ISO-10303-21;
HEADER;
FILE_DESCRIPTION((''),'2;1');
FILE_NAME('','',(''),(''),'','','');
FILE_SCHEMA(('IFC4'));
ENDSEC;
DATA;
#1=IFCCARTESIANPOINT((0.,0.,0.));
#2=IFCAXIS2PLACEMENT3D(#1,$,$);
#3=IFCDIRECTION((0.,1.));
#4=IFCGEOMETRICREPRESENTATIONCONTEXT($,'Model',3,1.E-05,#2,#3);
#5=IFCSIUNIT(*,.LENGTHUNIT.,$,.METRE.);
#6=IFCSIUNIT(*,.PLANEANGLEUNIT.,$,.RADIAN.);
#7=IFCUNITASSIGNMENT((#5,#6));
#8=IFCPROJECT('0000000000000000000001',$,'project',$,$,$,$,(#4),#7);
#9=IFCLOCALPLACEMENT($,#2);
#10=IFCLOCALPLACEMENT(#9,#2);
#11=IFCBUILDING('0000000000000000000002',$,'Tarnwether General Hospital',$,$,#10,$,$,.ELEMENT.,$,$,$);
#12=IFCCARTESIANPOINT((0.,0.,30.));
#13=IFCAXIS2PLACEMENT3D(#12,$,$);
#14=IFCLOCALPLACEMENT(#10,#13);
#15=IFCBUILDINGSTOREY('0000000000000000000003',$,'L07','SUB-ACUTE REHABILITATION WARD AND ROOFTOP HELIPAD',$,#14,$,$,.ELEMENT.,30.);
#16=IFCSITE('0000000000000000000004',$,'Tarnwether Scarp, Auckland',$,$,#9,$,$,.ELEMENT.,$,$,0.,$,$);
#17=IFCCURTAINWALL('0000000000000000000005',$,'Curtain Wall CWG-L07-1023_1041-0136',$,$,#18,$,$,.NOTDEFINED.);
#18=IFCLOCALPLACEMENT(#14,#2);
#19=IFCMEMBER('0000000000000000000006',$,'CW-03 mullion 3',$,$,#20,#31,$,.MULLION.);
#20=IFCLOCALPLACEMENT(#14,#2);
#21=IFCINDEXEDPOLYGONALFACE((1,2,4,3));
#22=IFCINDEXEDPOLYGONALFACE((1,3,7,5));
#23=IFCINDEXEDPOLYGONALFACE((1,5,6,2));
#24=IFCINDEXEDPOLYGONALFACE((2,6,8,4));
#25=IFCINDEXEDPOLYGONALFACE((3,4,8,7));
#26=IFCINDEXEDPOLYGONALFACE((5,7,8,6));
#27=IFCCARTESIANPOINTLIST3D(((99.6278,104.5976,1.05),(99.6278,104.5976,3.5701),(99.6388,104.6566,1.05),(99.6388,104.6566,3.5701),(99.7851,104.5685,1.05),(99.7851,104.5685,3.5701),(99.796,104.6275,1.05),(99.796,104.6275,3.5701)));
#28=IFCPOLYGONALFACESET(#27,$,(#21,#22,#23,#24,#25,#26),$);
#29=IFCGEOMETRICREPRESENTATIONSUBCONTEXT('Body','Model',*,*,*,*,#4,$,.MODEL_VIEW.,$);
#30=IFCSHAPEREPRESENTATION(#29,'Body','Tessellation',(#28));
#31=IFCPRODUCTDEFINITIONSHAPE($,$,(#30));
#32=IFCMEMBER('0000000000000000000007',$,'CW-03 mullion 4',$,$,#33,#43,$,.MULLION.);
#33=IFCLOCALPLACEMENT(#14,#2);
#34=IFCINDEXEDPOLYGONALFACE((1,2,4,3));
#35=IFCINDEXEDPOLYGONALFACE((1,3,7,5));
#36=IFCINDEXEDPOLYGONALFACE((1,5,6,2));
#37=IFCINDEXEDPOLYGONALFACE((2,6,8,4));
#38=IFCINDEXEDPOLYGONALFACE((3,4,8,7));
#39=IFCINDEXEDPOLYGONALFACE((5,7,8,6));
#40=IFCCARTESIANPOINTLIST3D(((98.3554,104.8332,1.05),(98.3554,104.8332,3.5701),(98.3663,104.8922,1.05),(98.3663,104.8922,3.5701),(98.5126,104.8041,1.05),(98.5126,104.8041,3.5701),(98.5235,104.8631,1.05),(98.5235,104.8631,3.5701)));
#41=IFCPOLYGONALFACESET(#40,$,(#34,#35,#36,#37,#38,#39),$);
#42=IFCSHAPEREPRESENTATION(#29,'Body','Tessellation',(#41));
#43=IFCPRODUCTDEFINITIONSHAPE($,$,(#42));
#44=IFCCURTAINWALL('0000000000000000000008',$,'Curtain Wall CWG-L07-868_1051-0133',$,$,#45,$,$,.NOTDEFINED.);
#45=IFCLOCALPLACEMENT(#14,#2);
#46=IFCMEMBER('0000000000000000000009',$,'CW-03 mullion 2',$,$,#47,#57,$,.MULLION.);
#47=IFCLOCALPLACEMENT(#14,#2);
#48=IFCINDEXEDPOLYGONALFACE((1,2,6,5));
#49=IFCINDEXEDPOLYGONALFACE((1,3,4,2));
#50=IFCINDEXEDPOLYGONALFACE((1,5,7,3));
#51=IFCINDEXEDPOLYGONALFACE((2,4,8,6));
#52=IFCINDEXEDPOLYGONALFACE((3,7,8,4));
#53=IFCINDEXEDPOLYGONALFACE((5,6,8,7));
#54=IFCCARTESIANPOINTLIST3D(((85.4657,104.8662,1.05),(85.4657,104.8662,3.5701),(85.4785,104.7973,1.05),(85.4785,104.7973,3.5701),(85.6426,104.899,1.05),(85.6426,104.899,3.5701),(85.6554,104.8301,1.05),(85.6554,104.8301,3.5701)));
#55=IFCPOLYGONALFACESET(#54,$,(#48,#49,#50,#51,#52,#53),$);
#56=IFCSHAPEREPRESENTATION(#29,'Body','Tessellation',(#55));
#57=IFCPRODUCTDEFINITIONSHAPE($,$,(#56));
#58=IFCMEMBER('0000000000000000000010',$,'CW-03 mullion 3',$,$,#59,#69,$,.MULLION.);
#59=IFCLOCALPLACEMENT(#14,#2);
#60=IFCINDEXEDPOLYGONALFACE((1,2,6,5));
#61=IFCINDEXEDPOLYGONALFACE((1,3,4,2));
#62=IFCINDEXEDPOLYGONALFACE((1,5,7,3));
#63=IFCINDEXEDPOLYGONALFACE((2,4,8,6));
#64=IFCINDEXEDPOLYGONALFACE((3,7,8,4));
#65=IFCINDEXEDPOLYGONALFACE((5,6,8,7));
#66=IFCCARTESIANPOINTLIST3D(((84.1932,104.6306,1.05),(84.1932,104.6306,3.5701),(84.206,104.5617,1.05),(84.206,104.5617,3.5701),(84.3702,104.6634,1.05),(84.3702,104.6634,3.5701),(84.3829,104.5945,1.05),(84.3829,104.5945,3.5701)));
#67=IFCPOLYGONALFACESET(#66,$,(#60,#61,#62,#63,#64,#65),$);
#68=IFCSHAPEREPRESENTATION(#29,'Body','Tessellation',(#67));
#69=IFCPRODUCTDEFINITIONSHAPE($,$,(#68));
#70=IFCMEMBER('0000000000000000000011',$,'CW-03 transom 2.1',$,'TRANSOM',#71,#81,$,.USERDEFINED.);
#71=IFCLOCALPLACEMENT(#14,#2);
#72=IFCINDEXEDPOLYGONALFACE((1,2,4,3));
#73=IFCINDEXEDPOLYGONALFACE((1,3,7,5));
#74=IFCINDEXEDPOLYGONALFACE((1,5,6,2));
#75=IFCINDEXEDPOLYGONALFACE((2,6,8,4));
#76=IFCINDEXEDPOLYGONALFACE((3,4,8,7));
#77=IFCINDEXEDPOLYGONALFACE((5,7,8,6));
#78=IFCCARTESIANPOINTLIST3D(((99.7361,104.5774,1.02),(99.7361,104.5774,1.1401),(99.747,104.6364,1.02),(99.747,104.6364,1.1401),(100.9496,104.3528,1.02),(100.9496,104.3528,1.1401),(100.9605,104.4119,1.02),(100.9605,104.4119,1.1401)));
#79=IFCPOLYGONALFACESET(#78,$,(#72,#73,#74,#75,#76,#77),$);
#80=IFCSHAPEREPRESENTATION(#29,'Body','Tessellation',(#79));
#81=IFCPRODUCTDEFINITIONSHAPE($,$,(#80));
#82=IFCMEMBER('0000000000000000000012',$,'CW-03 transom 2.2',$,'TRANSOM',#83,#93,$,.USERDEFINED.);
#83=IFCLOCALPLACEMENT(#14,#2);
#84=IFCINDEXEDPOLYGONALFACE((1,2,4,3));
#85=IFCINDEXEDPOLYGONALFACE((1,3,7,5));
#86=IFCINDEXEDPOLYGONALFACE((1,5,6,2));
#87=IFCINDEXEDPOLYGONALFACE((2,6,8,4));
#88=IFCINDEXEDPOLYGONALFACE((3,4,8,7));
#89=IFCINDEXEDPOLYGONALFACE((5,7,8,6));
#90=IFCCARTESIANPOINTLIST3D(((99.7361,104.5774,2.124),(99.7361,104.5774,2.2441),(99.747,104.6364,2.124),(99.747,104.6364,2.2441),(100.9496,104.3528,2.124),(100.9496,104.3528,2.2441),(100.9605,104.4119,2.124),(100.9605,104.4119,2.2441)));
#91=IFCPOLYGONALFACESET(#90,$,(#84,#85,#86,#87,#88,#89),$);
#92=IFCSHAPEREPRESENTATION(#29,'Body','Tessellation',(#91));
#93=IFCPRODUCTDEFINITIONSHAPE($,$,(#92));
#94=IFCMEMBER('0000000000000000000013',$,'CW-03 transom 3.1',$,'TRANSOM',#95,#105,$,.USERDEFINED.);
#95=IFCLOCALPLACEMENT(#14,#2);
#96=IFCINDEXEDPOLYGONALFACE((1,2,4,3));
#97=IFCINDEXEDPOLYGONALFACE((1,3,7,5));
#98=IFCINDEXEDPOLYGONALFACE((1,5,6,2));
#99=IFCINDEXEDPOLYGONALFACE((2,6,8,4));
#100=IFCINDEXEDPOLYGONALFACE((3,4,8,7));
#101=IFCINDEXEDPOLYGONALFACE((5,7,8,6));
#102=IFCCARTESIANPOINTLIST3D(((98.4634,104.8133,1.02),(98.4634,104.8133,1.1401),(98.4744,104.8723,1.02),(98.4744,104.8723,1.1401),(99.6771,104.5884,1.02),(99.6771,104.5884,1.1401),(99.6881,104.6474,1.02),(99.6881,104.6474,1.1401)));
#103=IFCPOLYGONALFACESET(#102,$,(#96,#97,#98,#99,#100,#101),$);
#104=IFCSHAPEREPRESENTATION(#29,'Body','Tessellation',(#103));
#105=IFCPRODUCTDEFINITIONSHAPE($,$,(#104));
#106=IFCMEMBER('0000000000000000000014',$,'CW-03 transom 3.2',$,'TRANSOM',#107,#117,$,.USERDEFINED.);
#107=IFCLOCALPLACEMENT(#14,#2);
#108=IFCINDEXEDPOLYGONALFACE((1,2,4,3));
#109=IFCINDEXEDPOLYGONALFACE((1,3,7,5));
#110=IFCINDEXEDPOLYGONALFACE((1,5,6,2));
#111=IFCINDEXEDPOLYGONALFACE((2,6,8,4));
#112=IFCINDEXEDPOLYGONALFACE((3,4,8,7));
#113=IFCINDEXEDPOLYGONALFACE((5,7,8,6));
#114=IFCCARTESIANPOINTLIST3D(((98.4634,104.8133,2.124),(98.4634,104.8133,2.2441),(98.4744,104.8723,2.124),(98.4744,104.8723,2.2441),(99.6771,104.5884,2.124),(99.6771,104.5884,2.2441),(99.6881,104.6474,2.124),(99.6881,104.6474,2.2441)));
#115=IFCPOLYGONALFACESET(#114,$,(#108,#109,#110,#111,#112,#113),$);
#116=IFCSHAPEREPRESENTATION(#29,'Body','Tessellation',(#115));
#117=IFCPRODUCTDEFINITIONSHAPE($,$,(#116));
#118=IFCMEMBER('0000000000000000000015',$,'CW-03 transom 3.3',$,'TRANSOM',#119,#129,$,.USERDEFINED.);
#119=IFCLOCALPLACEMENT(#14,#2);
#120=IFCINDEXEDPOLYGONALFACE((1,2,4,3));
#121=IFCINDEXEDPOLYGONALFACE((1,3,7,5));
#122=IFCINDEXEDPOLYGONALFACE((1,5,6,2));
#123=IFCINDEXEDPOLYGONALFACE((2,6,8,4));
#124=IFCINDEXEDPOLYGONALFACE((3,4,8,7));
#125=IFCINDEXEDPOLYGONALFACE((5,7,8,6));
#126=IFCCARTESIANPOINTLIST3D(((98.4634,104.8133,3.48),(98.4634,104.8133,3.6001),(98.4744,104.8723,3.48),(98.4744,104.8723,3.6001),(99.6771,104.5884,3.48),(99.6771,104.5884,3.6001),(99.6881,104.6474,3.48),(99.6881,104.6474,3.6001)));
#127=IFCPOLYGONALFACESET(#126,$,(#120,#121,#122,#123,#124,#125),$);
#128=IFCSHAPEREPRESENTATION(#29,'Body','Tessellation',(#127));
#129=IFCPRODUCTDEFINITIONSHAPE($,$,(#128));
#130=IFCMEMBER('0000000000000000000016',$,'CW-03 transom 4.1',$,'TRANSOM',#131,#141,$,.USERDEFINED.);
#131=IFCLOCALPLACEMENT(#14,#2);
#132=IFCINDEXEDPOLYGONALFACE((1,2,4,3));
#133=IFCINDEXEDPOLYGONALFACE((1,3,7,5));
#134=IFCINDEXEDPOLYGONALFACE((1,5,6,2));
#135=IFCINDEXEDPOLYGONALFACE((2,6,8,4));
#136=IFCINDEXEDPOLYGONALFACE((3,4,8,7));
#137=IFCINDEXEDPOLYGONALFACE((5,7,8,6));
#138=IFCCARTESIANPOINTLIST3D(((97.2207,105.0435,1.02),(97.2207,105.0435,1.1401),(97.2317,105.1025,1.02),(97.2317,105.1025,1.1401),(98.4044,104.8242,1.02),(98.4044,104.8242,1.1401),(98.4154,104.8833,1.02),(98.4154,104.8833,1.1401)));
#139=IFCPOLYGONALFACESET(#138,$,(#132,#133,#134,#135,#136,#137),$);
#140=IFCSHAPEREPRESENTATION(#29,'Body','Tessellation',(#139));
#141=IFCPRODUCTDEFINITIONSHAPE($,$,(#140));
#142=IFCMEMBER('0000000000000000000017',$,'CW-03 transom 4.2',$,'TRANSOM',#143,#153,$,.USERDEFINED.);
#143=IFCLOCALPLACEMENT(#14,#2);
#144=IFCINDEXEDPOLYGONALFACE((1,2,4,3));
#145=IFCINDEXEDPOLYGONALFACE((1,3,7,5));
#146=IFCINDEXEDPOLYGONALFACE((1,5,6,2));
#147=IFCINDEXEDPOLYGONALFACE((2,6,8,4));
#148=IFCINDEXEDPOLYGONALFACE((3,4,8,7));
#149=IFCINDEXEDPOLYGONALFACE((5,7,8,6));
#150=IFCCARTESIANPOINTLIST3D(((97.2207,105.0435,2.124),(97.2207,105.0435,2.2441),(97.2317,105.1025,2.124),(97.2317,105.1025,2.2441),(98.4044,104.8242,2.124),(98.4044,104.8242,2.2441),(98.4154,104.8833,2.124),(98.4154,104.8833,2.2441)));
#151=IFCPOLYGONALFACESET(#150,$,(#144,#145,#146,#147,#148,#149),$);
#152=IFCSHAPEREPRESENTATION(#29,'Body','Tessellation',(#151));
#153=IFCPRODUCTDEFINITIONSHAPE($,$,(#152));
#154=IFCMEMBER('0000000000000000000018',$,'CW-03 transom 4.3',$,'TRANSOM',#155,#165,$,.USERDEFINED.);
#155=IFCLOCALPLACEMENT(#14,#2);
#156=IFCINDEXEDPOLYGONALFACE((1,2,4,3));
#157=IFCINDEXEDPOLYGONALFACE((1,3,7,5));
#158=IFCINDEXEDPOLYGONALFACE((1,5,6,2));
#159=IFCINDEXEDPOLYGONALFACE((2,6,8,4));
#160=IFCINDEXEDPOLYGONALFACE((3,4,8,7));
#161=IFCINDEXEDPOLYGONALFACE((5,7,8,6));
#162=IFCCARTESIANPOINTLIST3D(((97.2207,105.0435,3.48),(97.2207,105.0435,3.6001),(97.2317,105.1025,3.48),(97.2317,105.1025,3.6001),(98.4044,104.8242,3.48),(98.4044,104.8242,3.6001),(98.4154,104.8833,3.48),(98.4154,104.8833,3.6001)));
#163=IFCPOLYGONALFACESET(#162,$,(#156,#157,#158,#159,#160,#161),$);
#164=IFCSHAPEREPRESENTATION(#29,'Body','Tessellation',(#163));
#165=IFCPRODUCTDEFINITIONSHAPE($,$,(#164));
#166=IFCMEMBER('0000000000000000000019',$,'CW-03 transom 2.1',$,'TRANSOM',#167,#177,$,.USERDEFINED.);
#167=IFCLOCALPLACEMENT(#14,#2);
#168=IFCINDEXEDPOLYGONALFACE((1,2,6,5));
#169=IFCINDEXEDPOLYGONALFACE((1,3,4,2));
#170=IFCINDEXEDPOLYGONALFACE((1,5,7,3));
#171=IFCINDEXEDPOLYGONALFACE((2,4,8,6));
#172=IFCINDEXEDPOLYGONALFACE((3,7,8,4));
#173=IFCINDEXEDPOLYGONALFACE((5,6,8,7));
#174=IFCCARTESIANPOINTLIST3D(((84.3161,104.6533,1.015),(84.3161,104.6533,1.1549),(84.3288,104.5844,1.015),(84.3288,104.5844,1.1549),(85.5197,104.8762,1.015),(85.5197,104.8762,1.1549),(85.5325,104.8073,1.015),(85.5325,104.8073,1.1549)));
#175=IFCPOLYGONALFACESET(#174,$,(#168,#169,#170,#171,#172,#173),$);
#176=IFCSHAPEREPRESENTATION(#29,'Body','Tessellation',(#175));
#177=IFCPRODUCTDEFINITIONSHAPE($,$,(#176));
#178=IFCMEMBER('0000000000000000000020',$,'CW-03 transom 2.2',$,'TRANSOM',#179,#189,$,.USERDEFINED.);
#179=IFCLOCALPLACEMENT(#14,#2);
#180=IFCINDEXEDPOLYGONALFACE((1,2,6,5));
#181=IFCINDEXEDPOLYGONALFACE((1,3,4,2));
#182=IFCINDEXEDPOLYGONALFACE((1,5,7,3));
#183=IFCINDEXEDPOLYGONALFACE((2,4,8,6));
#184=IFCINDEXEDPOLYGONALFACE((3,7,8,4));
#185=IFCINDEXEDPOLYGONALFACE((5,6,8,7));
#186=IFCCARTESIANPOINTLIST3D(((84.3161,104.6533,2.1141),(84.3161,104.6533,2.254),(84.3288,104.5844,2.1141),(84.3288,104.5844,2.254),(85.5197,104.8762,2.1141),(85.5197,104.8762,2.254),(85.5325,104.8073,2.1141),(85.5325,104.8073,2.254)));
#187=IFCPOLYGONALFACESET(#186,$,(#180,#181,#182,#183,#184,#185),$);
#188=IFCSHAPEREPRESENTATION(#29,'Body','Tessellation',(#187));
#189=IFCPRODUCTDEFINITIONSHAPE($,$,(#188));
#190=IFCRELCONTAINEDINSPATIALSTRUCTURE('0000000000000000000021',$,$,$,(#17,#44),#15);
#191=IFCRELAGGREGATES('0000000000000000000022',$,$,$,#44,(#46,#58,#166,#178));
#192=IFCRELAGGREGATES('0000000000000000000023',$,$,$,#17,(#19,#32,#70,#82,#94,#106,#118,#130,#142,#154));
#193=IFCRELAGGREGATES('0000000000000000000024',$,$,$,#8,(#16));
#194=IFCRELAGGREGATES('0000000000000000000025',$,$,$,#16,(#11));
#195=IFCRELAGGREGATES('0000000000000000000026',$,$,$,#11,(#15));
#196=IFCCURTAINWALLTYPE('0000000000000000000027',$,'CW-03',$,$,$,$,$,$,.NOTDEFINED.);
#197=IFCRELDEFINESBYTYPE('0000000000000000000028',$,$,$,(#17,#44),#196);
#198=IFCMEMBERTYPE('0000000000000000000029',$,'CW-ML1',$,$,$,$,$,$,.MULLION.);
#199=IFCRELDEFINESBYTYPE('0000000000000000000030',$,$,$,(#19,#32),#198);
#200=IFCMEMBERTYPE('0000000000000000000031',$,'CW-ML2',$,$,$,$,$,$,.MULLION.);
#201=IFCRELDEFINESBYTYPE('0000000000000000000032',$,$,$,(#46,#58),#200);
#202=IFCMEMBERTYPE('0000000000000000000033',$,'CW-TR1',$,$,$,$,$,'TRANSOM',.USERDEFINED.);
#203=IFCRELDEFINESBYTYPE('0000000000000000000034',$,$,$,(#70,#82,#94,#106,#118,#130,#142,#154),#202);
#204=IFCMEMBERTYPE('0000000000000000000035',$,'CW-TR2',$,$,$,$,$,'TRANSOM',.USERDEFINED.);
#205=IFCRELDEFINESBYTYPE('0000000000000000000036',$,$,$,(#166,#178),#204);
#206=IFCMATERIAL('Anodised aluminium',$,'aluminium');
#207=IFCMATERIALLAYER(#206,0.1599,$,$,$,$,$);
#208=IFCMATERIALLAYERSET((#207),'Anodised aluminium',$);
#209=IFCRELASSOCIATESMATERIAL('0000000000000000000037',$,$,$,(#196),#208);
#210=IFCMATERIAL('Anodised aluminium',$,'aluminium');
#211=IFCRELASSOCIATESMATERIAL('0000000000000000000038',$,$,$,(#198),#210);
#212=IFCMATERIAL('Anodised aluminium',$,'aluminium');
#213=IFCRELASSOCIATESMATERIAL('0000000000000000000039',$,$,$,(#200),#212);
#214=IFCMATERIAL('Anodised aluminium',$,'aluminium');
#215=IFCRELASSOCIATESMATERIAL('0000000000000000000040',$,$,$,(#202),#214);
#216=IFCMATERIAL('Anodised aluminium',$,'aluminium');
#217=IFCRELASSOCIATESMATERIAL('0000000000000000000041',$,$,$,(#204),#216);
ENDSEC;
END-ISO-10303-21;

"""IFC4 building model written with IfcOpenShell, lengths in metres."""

from ifc_helpers import new_model, si_unit, direction, frame, origin, origin_2d, place, context, subcontext, project, spatial, rectangle, extrude, material, layer, layer_set, material_profile, profile_set, type_object, element, aggregate, save


model = new_model("IFC4")

# Units and contexts
model_context = context("Model", 3, precision=1e-05, world=origin(), true_north=direction((0.0, 1.0)))
body_context = subcontext(model_context, "Body", "Model", "MODEL_VIEW")
ifc_project = project(units=[si_unit("LENGTHUNIT", "METRE"), si_unit("PLANEANGLEUNIT", "RADIAN")], contexts=[model_context])

# Site, building, storey
site_placement = place(None, origin())
site = spatial("IfcSite", under=ifc_project, at=site_placement, Name="Tarnwether Scarp, Auckland", CompositionType="ELEMENT", RefElevation=0.0)
building_placement = place(site_placement, origin())
building = spatial("IfcBuilding", under=site, at=building_placement, Name="Tarnwether General Hospital", CompositionType="ELEMENT")
storey_placement = place(building_placement, frame((0.0, 0.0, 30.0)))
storey = spatial("IfcBuildingStorey", under=building, at=storey_placement, Name="L07", Description="SUB-ACUTE REHABILITATION WARD AND ROOFTOP HELIPAD", CompositionType="ELEMENT", Elevation=30.0)

# Curtain walls, members
ifc_material_1 = material(Name="Anodised aluminium", Category="aluminium")
ifc_layer_1 = layer(ifc_material_1, 0.1599)
ifc_layer_set_1 = layer_set([ifc_layer_1], Name="Anodised aluminium")
curtain_wall_type = type_object("IfcCurtainWallType", Name="CW-03", PredefinedType="NOTDEFINED", material=ifc_layer_set_1)
curtain_wall_1_placement = place(storey_placement, origin())
curtain_wall_1 = element("IfcCurtainWall", 1, at=curtain_wall_1_placement, inside=storey, type_object=curtain_wall_type, Name="Curtain Wall CWG-L07-1023_1041-0136", PredefinedType="NOTDEFINED")
ifc_material_2 = material(Name="Anodised aluminium", Category="aluminium")
ifc_material_profile_1 = material_profile(ifc_material_2, rectangle(XDim=0.0601, YDim=0.1599, at=origin_2d()), Name="ALU-MUL-60x160")
ifc_profile_set_1 = profile_set([ifc_material_profile_1], Name="Anodised aluminium")
member_type_1 = type_object("IfcMemberType", Name="CW-ML1", PredefinedType="MULLION", material=ifc_profile_set_1)
member_1_placement = place(storey_placement, frame((99.7119, 104.6125, 1.05), z_axis=(0.0, 0.0, 1.0), x_axis=(-0.182165, -0.983268, 0.0)))
member_1 = element("IfcMember", 2, at=member_1_placement, type_object=member_type_1, Name="CW-03 mullion 3", PredefinedType="MULLION", context=body_context, shape_type="SweptSolid", body=[
    extrude(rectangle(XDim=0.0601, YDim=0.1599, at=origin_2d()), origin(), (0.0, 0.0, 1.0), 2.52),
])
member_2_placement = place(storey_placement, frame((98.4395, 104.8481, 1.05), z_axis=(0.0, 0.0, 1.0), x_axis=(-0.182165, -0.983268, 0.0)))
member_2 = element("IfcMember", 3, at=member_2_placement, type_object=member_type_1, Name="CW-03 mullion 4", PredefinedType="MULLION", context=body_context, shape_type="SweptSolid", body=[
    extrude(rectangle(XDim=0.0601, YDim=0.1599, at=origin_2d()), origin(), (0.0, 0.0, 1.0), 2.52),
])
curtain_wall_2_placement = place(storey_placement, origin())
curtain_wall_2 = element("IfcCurtainWall", 4, at=curtain_wall_2_placement, inside=storey, type_object=curtain_wall_type, Name="Curtain Wall CWG-L07-868_1051-0133", PredefinedType="NOTDEFINED")
ifc_material_3 = material(Name="Anodised aluminium", Category="aluminium")
ifc_material_profile_2 = material_profile(ifc_material_3, rectangle(XDim=0.0701, YDim=0.1799, at=origin_2d()), Name="ALU-MUL-70x180")
ifc_profile_set_2 = profile_set([ifc_material_profile_2], Name="Anodised aluminium")
member_type_2 = type_object("IfcMemberType", Name="CW-ML2", PredefinedType="MULLION", material=ifc_profile_set_2)
member_3_placement = place(storey_placement, frame((85.5605, 104.8481, 1.05), z_axis=(0.0, 0.0, 1.0), x_axis=(0.182165, -0.983268, 0.0)))
member_3 = element("IfcMember", 5, at=member_3_placement, type_object=member_type_2, Name="CW-03 mullion 2", PredefinedType="MULLION", context=body_context, shape_type="SweptSolid", body=[
    extrude(rectangle(XDim=0.0701, YDim=0.1799, at=origin_2d()), origin(), (0.0, 0.0, 1.0), 2.52),
])
member_4_placement = place(storey_placement, frame((84.2881, 104.6125, 1.05), z_axis=(0.0, 0.0, 1.0), x_axis=(0.182165, -0.983268, 0.0)))
member_4 = element("IfcMember", 6, at=member_4_placement, type_object=member_type_2, Name="CW-03 mullion 3", PredefinedType="MULLION", context=body_context, shape_type="SweptSolid", body=[
    extrude(rectangle(XDim=0.0701, YDim=0.1799, at=origin_2d()), origin(), (0.0, 0.0, 1.0), 2.52),
])

# Members
ifc_material_4 = material(Name="Anodised aluminium", Category="aluminium")
ifc_material_profile_3 = material_profile(ifc_material_4, rectangle(XDim=0.0601, YDim=0.1201, at=origin_2d()), Name="ALU-TRN-60x120")
ifc_profile_set_3 = profile_set([ifc_material_profile_3], Name="Anodised aluminium")
member_type_3 = type_object("IfcMemberType", Name="CW-TR1", ElementType="TRANSOM", PredefinedType="USERDEFINED", material=ifc_profile_set_3)
member_5_placement = place(storey_placement, frame((100.9551, 104.3823, 1.0801), z_axis=(-0.983302, 0.181983, 0.0), x_axis=(-0.181983, -0.983302, 0.0)))
member_5 = element("IfcMember", 7, at=member_5_placement, type_object=member_type_3, Name="CW-03 transom 2.1", ObjectType="TRANSOM", PredefinedType="USERDEFINED", context=body_context, shape_type="SweptSolid", body=[
    extrude(rectangle(XDim=0.0601, YDim=0.1201, at=origin_2d()), origin(), (0.0, 0.0, 1.0), 1.2341),
])
member_6_placement = place(storey_placement, frame((100.9551, 104.3823, 2.1841), z_axis=(-0.983302, 0.181983, 0.0), x_axis=(-0.181983, -0.983302, 0.0)))
member_6 = element("IfcMember", 8, at=member_6_placement, type_object=member_type_3, Name="CW-03 transom 2.2", ObjectType="TRANSOM", PredefinedType="USERDEFINED", context=body_context, shape_type="SweptSolid", body=[
    extrude(rectangle(XDim=0.0601, YDim=0.1201, at=origin_2d()), origin(), (0.0, 0.0, 1.0), 1.2341),
])
member_7_placement = place(storey_placement, frame((99.6826, 104.6179, 1.0801), z_axis=(-0.983266, 0.182174, 0.0), x_axis=(-0.182174, -0.983266, 0.0)))
member_7 = element("IfcMember", 9, at=member_7_placement, type_object=member_type_3, Name="CW-03 transom 3.1", ObjectType="TRANSOM", PredefinedType="USERDEFINED", context=body_context, shape_type="SweptSolid", body=[
    extrude(rectangle(XDim=0.0601, YDim=0.1201, at=origin_2d()), origin(), (0.0, 0.0, 1.0), 1.2344),
])
member_8_placement = place(storey_placement, frame((99.6826, 104.6179, 2.1841), z_axis=(-0.983266, 0.182174, 0.0), x_axis=(-0.182174, -0.983266, 0.0)))
member_8 = element("IfcMember", 10, at=member_8_placement, type_object=member_type_3, Name="CW-03 transom 3.2", ObjectType="TRANSOM", PredefinedType="USERDEFINED", context=body_context, shape_type="SweptSolid", body=[
    extrude(rectangle(XDim=0.0601, YDim=0.1201, at=origin_2d()), origin(), (0.0, 0.0, 1.0), 1.2344),
])
member_9_placement = place(storey_placement, frame((99.6826, 104.6179, 3.54), z_axis=(-0.983266, 0.182174, 0.0), x_axis=(-0.182174, -0.983266, 0.0)))
member_9 = element("IfcMember", 11, at=member_9_placement, type_object=member_type_3, Name="CW-03 transom 3.3", ObjectType="TRANSOM", PredefinedType="USERDEFINED", context=body_context, shape_type="SweptSolid", body=[
    extrude(rectangle(XDim=0.0601, YDim=0.1201, at=origin_2d()), origin(), (0.0, 0.0, 1.0), 1.2344),
])
member_10_placement = place(storey_placement, frame((98.4099, 104.8538, 1.0801), z_axis=(-0.983281, 0.182097, 0.0), x_axis=(-0.182097, -0.983281, 0.0)))
member_10 = element("IfcMember", 12, at=member_10_placement, type_object=member_type_3, Name="CW-03 transom 4.1", ObjectType="TRANSOM", PredefinedType="USERDEFINED", context=body_context, shape_type="SweptSolid", body=[
    extrude(rectangle(XDim=0.0601, YDim=0.1201, at=origin_2d()), origin(), (0.0, 0.0, 1.0), 1.2039),
])
member_11_placement = place(storey_placement, frame((98.4099, 104.8538, 2.1841), z_axis=(-0.983281, 0.182097, 0.0), x_axis=(-0.182097, -0.983281, 0.0)))
member_11 = element("IfcMember", 13, at=member_11_placement, type_object=member_type_3, Name="CW-03 transom 4.2", ObjectType="TRANSOM", PredefinedType="USERDEFINED", context=body_context, shape_type="SweptSolid", body=[
    extrude(rectangle(XDim=0.0601, YDim=0.1201, at=origin_2d()), origin(), (0.0, 0.0, 1.0), 1.2039),
])
member_12_placement = place(storey_placement, frame((98.4099, 104.8538, 3.54), z_axis=(-0.983281, 0.182097, 0.0), x_axis=(-0.182097, -0.983281, 0.0)))
member_12 = element("IfcMember", 14, at=member_12_placement, type_object=member_type_3, Name="CW-03 transom 4.3", ObjectType="TRANSOM", PredefinedType="USERDEFINED", context=body_context, shape_type="SweptSolid", body=[
    extrude(rectangle(XDim=0.0601, YDim=0.1201, at=origin_2d()), origin(), (0.0, 0.0, 1.0), 1.2039),
])
ifc_material_5 = material(Name="Anodised aluminium", Category="aluminium")
ifc_material_profile_4 = material_profile(ifc_material_5, rectangle(XDim=0.0701, YDim=0.1399, at=origin_2d()), Name="ALU-TRN-70x140")
ifc_profile_set_4 = profile_set([ifc_material_profile_4], Name="Anodised aluminium")
member_type_4 = type_object("IfcMemberType", Name="CW-TR2", ElementType="TRANSOM", PredefinedType="USERDEFINED", material=ifc_profile_set_4)
member_13_placement = place(storey_placement, frame((85.5261, 104.8418, 1.085), z_axis=(-0.983281, -0.182096, 0.0), x_axis=(0.182096, -0.983281, 0.0)))
member_13 = element("IfcMember", 15, at=member_13_placement, type_object=member_type_4, Name="CW-03 transom 2.1", ObjectType="TRANSOM", PredefinedType="USERDEFINED", context=body_context, shape_type="SweptSolid", body=[
    extrude(rectangle(XDim=0.0701, YDim=0.1399, at=origin_2d()), origin(), (0.0, 0.0, 1.0), 1.2241),
])
member_14_placement = place(storey_placement, frame((85.5261, 104.8418, 2.1841), z_axis=(-0.983281, -0.182096, 0.0), x_axis=(0.182096, -0.983281, 0.0)))
member_14 = element("IfcMember", 16, at=member_14_placement, type_object=member_type_4, Name="CW-03 transom 2.2", ObjectType="TRANSOM", PredefinedType="USERDEFINED", context=body_context, shape_type="SweptSolid", body=[
    extrude(rectangle(XDim=0.0701, YDim=0.1399, at=origin_2d()), origin(), (0.0, 0.0, 1.0), 1.2241),
])

aggregate(curtain_wall_2, [member_3, member_4, member_13, member_14])
aggregate(curtain_wall_1, [member_1, member_2, member_5, member_6, member_7, member_8, member_9, member_10, member_11, member_12])

save(model, "model.ifc")
